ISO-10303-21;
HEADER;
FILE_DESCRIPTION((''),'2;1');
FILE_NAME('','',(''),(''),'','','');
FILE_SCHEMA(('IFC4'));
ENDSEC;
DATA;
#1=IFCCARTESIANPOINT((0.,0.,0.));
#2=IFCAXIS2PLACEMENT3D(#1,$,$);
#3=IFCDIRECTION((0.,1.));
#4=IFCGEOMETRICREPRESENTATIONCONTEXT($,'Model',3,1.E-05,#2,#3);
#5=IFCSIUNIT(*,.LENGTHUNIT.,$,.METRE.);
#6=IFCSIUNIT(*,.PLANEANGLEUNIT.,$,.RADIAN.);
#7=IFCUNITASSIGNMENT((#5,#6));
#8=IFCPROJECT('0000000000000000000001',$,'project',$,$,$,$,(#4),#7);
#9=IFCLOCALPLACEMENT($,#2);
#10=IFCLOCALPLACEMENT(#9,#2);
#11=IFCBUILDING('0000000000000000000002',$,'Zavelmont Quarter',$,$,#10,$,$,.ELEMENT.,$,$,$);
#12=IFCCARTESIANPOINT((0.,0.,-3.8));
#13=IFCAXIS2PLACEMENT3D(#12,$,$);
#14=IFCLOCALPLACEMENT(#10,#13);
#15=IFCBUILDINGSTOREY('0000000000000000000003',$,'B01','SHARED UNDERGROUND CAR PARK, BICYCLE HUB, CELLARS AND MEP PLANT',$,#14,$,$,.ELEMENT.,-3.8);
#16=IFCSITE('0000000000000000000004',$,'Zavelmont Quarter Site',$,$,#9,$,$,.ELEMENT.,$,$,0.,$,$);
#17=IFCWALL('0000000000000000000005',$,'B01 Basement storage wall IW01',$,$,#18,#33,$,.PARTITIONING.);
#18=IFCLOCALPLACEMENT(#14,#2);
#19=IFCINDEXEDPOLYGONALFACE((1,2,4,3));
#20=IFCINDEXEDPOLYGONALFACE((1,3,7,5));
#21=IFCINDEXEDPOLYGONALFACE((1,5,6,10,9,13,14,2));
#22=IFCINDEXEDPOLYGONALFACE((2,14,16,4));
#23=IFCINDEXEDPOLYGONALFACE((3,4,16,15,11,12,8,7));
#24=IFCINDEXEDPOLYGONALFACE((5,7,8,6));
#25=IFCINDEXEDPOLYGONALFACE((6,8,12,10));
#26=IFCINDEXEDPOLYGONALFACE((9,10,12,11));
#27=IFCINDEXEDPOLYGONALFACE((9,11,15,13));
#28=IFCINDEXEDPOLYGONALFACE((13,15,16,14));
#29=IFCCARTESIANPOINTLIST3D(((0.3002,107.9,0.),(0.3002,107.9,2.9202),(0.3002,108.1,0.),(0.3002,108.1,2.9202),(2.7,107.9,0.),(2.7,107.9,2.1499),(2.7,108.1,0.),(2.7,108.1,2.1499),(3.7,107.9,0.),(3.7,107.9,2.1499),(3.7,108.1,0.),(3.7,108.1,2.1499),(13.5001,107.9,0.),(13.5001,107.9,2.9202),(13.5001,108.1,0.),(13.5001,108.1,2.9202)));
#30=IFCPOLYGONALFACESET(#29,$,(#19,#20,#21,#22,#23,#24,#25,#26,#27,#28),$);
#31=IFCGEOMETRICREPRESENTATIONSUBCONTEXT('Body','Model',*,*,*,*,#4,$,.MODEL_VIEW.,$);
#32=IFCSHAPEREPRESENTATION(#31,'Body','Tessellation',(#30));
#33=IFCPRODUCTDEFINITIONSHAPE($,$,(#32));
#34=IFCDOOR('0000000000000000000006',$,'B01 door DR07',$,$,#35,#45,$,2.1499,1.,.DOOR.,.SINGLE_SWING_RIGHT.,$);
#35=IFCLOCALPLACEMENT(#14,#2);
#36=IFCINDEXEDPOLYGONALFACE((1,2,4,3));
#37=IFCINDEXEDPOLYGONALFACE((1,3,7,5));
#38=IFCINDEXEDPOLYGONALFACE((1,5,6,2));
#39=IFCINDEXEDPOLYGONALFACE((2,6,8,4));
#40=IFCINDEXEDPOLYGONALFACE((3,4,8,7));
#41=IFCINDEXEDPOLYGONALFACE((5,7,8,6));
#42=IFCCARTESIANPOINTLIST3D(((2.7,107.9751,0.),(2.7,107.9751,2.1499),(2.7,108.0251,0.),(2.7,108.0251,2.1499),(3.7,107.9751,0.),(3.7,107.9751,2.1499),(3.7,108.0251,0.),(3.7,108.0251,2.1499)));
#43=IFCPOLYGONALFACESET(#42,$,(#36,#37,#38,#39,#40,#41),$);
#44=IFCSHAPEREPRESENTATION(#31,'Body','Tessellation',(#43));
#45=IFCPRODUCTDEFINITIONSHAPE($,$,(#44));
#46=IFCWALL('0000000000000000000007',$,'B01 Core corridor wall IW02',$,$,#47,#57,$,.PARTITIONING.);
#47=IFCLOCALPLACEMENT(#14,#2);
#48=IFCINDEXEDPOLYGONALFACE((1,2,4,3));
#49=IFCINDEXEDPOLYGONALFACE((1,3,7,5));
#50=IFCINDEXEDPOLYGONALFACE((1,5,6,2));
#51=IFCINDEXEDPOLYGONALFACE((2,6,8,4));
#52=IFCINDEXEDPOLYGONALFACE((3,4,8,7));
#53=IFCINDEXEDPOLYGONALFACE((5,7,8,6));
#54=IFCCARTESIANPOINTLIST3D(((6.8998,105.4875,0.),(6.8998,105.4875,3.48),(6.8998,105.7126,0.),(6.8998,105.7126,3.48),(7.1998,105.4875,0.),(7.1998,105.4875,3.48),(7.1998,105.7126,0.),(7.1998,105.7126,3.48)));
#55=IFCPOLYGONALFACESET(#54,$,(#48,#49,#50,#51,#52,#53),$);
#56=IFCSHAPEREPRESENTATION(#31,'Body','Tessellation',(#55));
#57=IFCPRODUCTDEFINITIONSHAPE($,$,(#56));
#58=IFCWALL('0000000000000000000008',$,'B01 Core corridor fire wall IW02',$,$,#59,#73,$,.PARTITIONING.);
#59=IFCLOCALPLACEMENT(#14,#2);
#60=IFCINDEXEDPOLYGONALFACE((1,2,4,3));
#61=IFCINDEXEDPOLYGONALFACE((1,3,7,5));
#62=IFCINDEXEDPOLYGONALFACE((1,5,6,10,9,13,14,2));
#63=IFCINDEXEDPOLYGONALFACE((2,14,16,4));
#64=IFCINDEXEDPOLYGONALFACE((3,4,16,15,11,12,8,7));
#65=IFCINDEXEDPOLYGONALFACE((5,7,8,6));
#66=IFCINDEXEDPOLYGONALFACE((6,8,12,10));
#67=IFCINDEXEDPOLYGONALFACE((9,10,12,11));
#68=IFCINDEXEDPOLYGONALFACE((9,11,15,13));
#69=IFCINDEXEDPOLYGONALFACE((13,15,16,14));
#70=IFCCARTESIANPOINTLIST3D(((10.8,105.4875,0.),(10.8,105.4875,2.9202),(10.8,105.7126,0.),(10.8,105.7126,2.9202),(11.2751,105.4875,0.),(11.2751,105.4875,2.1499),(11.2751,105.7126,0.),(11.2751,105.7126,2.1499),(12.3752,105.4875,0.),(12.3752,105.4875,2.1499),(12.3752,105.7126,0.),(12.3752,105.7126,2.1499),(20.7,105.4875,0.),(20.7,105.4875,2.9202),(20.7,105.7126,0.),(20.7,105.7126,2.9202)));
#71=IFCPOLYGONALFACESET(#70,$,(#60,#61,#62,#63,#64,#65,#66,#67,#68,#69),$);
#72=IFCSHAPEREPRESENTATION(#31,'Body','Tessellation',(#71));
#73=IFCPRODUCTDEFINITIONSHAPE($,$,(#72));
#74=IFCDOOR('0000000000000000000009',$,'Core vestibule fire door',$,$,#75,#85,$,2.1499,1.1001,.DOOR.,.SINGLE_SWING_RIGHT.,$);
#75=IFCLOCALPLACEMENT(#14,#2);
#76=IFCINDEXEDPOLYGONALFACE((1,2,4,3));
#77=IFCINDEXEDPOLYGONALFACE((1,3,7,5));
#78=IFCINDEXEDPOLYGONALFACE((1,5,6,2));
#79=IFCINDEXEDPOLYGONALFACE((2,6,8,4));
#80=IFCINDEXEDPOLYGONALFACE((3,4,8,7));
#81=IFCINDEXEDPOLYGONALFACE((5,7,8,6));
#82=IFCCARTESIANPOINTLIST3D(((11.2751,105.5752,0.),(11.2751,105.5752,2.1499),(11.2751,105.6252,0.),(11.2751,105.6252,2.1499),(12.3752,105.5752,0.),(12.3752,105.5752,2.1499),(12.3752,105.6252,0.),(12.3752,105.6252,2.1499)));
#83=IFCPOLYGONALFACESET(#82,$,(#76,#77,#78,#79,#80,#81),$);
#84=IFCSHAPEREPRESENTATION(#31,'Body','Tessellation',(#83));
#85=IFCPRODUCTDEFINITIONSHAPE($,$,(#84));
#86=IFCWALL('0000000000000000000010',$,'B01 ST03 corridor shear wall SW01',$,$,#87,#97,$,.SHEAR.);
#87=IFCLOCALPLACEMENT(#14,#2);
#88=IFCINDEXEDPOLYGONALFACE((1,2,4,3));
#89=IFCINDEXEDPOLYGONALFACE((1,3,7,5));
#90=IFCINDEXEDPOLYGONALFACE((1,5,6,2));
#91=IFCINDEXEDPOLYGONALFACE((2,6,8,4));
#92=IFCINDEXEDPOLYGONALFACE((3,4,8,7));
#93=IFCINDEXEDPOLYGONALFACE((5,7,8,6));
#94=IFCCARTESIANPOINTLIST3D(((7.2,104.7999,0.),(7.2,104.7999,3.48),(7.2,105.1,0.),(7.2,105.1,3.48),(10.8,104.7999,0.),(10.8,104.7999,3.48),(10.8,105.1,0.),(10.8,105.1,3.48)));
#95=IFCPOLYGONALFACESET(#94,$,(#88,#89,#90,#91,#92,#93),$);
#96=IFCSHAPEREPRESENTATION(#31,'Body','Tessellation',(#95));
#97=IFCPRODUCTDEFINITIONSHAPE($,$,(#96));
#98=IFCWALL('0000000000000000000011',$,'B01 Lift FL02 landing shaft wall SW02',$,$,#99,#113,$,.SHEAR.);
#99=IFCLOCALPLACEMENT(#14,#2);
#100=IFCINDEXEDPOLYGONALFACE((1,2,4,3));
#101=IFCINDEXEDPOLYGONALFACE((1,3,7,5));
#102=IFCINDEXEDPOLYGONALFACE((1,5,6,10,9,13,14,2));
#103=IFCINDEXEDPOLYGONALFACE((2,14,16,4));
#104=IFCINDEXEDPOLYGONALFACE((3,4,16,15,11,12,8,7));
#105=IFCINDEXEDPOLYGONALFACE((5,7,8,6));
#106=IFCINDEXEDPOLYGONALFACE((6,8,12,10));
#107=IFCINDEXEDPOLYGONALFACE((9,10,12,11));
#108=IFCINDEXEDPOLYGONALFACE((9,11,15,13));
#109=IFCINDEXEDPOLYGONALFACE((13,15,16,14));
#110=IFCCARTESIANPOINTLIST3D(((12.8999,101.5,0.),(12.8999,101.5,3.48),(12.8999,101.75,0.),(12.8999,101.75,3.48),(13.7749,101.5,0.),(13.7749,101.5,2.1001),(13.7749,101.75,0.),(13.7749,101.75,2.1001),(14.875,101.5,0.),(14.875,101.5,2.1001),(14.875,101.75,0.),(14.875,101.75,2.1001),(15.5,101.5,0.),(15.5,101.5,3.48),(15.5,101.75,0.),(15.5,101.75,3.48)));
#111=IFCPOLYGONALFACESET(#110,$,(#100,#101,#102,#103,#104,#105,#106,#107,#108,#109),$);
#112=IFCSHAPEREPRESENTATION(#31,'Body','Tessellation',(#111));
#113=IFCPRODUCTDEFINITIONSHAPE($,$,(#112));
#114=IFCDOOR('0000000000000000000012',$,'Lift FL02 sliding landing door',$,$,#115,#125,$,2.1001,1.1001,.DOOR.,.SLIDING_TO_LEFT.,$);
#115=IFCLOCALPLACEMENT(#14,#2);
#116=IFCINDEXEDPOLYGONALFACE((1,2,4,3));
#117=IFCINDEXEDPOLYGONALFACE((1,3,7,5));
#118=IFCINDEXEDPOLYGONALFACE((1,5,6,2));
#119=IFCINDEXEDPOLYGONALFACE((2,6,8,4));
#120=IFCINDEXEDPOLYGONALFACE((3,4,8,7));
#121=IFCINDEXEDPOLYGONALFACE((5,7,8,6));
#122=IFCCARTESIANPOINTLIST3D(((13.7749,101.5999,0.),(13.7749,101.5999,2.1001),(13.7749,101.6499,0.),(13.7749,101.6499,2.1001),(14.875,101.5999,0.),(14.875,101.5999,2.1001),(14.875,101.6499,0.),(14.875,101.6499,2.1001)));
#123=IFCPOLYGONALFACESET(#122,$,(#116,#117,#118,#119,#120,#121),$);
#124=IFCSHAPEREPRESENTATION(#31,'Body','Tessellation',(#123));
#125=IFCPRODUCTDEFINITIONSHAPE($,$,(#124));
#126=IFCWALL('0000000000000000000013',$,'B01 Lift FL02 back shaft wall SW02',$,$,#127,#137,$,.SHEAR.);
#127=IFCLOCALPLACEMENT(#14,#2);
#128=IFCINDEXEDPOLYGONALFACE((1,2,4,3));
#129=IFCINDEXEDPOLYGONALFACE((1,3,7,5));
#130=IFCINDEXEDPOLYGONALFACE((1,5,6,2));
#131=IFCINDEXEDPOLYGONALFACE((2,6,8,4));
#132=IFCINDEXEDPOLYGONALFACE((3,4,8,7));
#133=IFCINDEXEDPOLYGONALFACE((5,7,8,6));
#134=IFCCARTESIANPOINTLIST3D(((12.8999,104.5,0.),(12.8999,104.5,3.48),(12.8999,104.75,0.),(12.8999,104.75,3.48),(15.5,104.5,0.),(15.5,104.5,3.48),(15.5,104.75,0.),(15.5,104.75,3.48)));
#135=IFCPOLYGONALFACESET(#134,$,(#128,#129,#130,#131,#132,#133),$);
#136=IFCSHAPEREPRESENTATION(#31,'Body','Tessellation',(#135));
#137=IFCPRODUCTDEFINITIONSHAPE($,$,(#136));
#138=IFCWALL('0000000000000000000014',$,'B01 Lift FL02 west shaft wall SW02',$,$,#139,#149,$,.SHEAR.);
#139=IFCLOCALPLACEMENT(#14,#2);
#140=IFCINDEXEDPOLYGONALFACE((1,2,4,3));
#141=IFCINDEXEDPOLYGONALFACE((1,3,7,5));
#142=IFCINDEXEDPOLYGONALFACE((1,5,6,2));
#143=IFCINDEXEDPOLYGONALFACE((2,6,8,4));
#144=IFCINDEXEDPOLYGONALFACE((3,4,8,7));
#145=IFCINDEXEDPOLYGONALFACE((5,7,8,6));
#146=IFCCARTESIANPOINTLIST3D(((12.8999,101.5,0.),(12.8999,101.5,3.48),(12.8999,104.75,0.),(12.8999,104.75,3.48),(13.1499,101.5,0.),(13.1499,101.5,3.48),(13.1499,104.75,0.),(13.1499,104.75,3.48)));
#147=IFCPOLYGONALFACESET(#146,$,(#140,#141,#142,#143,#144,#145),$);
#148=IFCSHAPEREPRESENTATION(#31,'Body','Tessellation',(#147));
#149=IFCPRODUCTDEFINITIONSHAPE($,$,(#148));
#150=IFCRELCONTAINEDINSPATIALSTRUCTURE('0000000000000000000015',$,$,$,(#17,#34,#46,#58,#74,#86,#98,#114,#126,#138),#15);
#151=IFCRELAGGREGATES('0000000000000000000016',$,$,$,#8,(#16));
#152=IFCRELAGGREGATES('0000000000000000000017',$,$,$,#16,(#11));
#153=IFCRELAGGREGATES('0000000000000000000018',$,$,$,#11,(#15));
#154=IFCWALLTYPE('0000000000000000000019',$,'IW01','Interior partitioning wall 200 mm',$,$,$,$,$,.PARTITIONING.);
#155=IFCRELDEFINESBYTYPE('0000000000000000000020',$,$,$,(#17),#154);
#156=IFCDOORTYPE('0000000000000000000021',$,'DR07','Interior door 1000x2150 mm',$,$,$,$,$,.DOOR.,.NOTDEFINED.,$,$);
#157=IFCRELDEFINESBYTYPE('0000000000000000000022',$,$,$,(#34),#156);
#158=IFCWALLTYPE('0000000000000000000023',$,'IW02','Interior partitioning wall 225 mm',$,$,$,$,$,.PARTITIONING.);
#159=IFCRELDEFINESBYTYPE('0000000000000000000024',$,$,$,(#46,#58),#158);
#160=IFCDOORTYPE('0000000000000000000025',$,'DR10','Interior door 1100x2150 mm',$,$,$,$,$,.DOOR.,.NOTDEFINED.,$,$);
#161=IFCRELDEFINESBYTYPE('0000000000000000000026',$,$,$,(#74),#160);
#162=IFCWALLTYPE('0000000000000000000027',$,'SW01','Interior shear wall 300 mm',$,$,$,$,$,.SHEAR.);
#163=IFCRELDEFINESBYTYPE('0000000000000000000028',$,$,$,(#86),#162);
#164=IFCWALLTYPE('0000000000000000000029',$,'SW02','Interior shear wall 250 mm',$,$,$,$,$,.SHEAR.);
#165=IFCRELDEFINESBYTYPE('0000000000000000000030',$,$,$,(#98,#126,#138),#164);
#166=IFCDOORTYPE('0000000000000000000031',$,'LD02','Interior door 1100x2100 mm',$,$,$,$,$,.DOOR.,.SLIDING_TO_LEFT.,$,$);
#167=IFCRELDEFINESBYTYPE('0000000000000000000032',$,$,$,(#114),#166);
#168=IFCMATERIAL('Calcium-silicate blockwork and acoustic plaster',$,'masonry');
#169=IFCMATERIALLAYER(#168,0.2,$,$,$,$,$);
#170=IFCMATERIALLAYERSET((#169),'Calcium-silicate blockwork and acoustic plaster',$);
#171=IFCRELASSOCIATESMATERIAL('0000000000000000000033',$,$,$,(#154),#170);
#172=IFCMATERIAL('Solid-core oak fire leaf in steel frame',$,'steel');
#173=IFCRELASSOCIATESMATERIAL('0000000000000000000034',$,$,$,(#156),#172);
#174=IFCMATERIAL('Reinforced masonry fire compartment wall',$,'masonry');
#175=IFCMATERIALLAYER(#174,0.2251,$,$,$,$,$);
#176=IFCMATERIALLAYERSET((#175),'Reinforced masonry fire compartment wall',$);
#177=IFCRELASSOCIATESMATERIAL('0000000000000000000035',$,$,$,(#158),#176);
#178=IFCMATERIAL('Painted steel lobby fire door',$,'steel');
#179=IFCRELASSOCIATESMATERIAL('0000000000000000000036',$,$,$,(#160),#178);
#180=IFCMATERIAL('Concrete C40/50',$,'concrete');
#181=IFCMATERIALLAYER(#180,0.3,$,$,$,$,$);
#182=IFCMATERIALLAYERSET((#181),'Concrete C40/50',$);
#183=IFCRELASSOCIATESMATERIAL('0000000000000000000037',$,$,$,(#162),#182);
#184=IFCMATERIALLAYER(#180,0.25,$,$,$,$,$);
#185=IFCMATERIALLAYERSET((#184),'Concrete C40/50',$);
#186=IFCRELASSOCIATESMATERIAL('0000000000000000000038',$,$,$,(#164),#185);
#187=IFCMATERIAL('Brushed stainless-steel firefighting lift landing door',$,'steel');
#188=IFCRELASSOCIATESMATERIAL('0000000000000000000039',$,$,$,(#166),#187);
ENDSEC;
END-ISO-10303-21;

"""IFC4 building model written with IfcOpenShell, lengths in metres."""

from ifc_helpers import new_model, si_unit, direction, frame, frame_2d, origin, origin_with_axes, place, context, subcontext, project, spatial, rectangle, extrude, material, layer, layer_set, type_object, element, fill, save


model = new_model("IFC4")

# Units and contexts
model_context = context("Model", 3, precision=1e-05, world=origin(), true_north=direction((0.0, 1.0)))
body_context = subcontext(model_context, "Body", "Model", "MODEL_VIEW")
ifc_project = project(units=[si_unit("LENGTHUNIT", "METRE"), si_unit("PLANEANGLEUNIT", "RADIAN")], contexts=[model_context])

# Site, building, storey
site_placement = place(None, origin())
site = spatial("IfcSite", under=ifc_project, at=site_placement, Name="Zavelmont Quarter Site", CompositionType="ELEMENT", RefElevation=0.0)
building_placement = place(site_placement, origin())
building = spatial("IfcBuilding", under=site, at=building_placement, Name="Zavelmont Quarter", CompositionType="ELEMENT")
storey_placement = place(building_placement, frame((0.0, 0.0, -3.8)))
storey = spatial("IfcBuildingStorey", under=building, at=storey_placement, Name="B01", Description="SHARED UNDERGROUND CAR PARK, BICYCLE HUB, CELLARS AND MEP PLANT", CompositionType="ELEMENT", Elevation=-3.8)

# Shared definitions
ifc_material_1 = material(Name="Concrete C40/50", Category="concrete")

# Wall, opening, door
ifc_material_2 = material(Name="Calcium-silicate blockwork and acoustic plaster", Category="masonry")
ifc_layer_1 = layer(ifc_material_2, 0.2)
ifc_layer_set_1 = layer_set([ifc_layer_1], Name="Calcium-silicate blockwork and acoustic plaster")
wall_type_1 = type_object("IfcWallType", Name="IW01", Description="Interior partitioning wall 200 mm", PredefinedType="PARTITIONING", material=ifc_layer_set_1)
wall_1_placement = place(storey_placement, frame((0.3, 108.0, 0.0), z_axis=(0.0, 0.0, 1.0), x_axis=(1.0, 0.0, 0.0)))
wall_1 = element("IfcWall", 1, at=wall_1_placement, inside=storey, type_object=wall_type_1, Name="B01 Basement storage wall IW01", PredefinedType="PARTITIONING", context=body_context, shape_type="SweptSolid", body=[
    extrude(rectangle(XDim=13.2, YDim=0.2, at=frame_2d((6.6001, 0.0))), origin(), (0.0, 0.0, 1.0), 2.9202),
])
opening_1_placement = place(wall_1_placement, frame((2.3999, 0.0, 0.0)))
opening_1 = element("IfcOpeningElement", 2, at=opening_1_placement, cuts=wall_1, PredefinedType="OPENING", context=body_context, shape_type="SweptSolid", body=[
    extrude(rectangle(XDim=1.0, YDim=2.1499, at=frame_2d((0.5, 1.075))), frame((0.0, 0.1118, 0.0), z_axis=(0.0, -1.0, 0.0), x_axis=(1.0, 0.0, 0.0)), (0.0, 0.0, 1.0), 0.2239),
])
ifc_material_3 = material(Name="Solid-core oak fire leaf in steel frame", Category="steel")
door_type_1 = type_object("IfcDoorType", Name="DR07", Description="Interior door 1000x2150 mm", OperationType="NOTDEFINED", PredefinedType="DOOR", material=ifc_material_3)
door_1_placement = place(opening_1_placement, frame((1.0, 0.0, 0.0), z_axis=(0.0, 0.0, 1.0), x_axis=(-1.0, 0.0, 0.0)))
door_1 = element("IfcDoor", 3, at=door_1_placement, inside=storey, type_object=door_type_1, Name="B01 door DR07", OperationType="SINGLE_SWING_RIGHT", OverallHeight=2.1499, OverallWidth=1.0, PredefinedType="DOOR", context=body_context, shape_type="SweptSolid", body=[
    extrude(rectangle(XDim=1.0, YDim=2.1499, at=frame_2d((0.5, 1.075))), frame((0.0, 0.0249, 0.0), z_axis=(0.0, -1.0, 0.0), x_axis=(1.0, 0.0, 0.0)), (0.0, 0.0, 1.0), 0.05),
])
fill(opening_1, door_1)
ifc_material_4 = material(Name="Reinforced masonry fire compartment wall", Category="masonry")
ifc_layer_2 = layer(ifc_material_4, 0.2251)
ifc_layer_set_2 = layer_set([ifc_layer_2], Name="Reinforced masonry fire compartment wall")
wall_type_2 = type_object("IfcWallType", Name="IW02", Description="Interior partitioning wall 225 mm", PredefinedType="PARTITIONING", material=ifc_layer_set_2)
ifc_material_5 = material(Name="Painted steel lobby fire door", Category="steel")
door_type_2 = type_object("IfcDoorType", Name="DR10", Description="Interior door 1100x2150 mm", OperationType="NOTDEFINED", PredefinedType="DOOR", material=ifc_material_5)

# Wall
wall_2_placement = place(storey_placement, frame((6.8999, 105.6001, 0.0), z_axis=(0.0, 0.0, 1.0), x_axis=(1.0, 0.0, 0.0)))
element("IfcWall", 4, at=wall_2_placement, inside=storey, type_object=wall_type_2, Name="B01 Core corridor wall IW02", PredefinedType="PARTITIONING", context=body_context, shape_type="SweptSolid", body=[
    extrude(rectangle(XDim=0.3, YDim=0.2251, at=frame_2d((0.1499, 0.0))), origin(), (0.0, 0.0, 1.0), 3.48),
])

# Wall, opening, door
wall_3_placement = place(storey_placement, frame((10.8, 105.6001, 0.0), z_axis=(0.0, 0.0, 1.0), x_axis=(1.0, 0.0, 0.0)))
wall_3 = element("IfcWall", 5, at=wall_3_placement, inside=storey, type_object=wall_type_2, Name="B01 Core corridor fire wall IW02", PredefinedType="PARTITIONING", context=body_context, shape_type="SweptSolid", body=[
    extrude(rectangle(XDim=9.8999, YDim=0.2251, at=frame_2d((4.95, 0.0))), origin(), (0.0, 0.0, 1.0), 2.9202),
])
opening_2_placement = place(wall_3_placement, frame((0.4751, 0.0, 0.0)))
opening_2 = element("IfcOpeningElement", 6, at=opening_2_placement, cuts=wall_3, PredefinedType="OPENING", context=body_context, shape_type="SweptSolid", body=[
    extrude(rectangle(XDim=1.1001, YDim=2.1499, at=frame_2d((0.55, 1.075))), frame((0.0, 0.1245, 0.0), z_axis=(0.0, -1.0, 0.0), x_axis=(1.0, 0.0, 0.0)), (0.0, 0.0, 1.0), 0.249),
])
door_2_placement = place(opening_2_placement, frame((1.1001, 0.0, 0.0), z_axis=(0.0, 0.0, 1.0), x_axis=(-1.0, 0.0, 0.0)))
door_2 = element("IfcDoor", 7, at=door_2_placement, inside=storey, type_object=door_type_2, Name="Core vestibule fire door", OperationType="SINGLE_SWING_RIGHT", OverallHeight=2.1499, OverallWidth=1.1001, PredefinedType="DOOR", context=body_context, shape_type="SweptSolid", body=[
    extrude(rectangle(XDim=1.1001, YDim=2.1499, at=frame_2d((0.55, 1.075))), frame((0.0, 0.0249, 0.0), z_axis=(0.0, -1.0, 0.0), x_axis=(1.0, 0.0, 0.0)), (0.0, 0.0, 1.0), 0.05),
])
fill(opening_2, door_2)

# Wall
ifc_layer_3 = layer(ifc_material_1, 0.3)
ifc_layer_set_3 = layer_set([ifc_layer_3], Name="Concrete C40/50")
wall_type_3 = type_object("IfcWallType", Name="SW01", Description="Interior shear wall 300 mm", PredefinedType="SHEAR", material=ifc_layer_set_3)
wall_4_placement = place(storey_placement, frame((7.2, 104.95, 0.0), z_axis=(0.0, 0.0, 1.0), x_axis=(1.0, 0.0, 0.0)))
element("IfcWall", 8, at=wall_4_placement, inside=storey, type_object=wall_type_3, Name="B01 ST03 corridor shear wall SW01", PredefinedType="SHEAR", context=body_context, shape_type="SweptSolid", body=[
    extrude(rectangle(XDim=3.6001, YDim=0.3, at=frame_2d((1.8, 0.0))), origin(), (0.0, 0.0, 1.0), 3.48),
])

# Wall, opening, door
ifc_layer_4 = layer(ifc_material_1, 0.25)
ifc_layer_set_4 = layer_set([ifc_layer_4], Name="Concrete C40/50")
wall_type_4 = type_object("IfcWallType", Name="SW02", Description="Interior shear wall 250 mm", PredefinedType="SHEAR", material=ifc_layer_set_4)
wall_5_placement = place(storey_placement, frame((12.8999, 101.625, 0.0), z_axis=(0.0, 0.0, 1.0), x_axis=(1.0, 0.0, 0.0)))
wall_5 = element("IfcWall", 9, at=wall_5_placement, inside=storey, type_object=wall_type_4, Name="B01 Lift FL02 landing shaft wall SW02", PredefinedType="SHEAR", context=body_context, shape_type="SweptSolid", body=[
    extrude(rectangle(XDim=2.6001, YDim=0.25, at=frame_2d((1.3, 0.0))), origin(), (0.0, 0.0, 1.0), 3.48),
])
opening_3_placement = place(wall_5_placement, frame((0.875, 0.0, 0.0)))
opening_3 = element("IfcOpeningElement", 10, at=opening_3_placement, cuts=wall_5, PredefinedType="OPENING", context=body_context, shape_type="SweptSolid", body=[
    extrude(rectangle(XDim=1.1001, YDim=2.1001, at=frame_2d((0.55, 1.05))), frame((0.0, 0.137, 0.0), z_axis=(0.0, -1.0, 0.0), x_axis=(1.0, 0.0, 0.0)), (0.0, 0.0, 1.0), 0.2739),
])
ifc_material_6 = material(Name="Brushed stainless-steel firefighting lift landing door", Category="steel")
door_type_3 = type_object("IfcDoorType", Name="LD02", Description="Interior door 1100x2100 mm", OperationType="SLIDING_TO_LEFT", PredefinedType="DOOR", material=ifc_material_6)
door_3_placement = place(opening_3_placement, origin_with_axes())
door_3 = element("IfcDoor", 11, at=door_3_placement, inside=storey, type_object=door_type_3, Name="Lift FL02 sliding landing door", OperationType="SLIDING_TO_LEFT", OverallHeight=2.1001, OverallWidth=1.1001, PredefinedType="DOOR", context=body_context, shape_type="SweptSolid", body=[
    extrude(rectangle(XDim=1.1001, YDim=2.1001, at=frame_2d((0.55, 1.05))), frame((0.0, 0.0249, 0.0), z_axis=(0.0, -1.0, 0.0), x_axis=(1.0, 0.0, 0.0)), (0.0, 0.0, 1.0), 0.05),
])
fill(opening_3, door_3)

# Walls
wall_6_placement = place(storey_placement, frame((12.8999, 104.625, 0.0), z_axis=(0.0, 0.0, 1.0), x_axis=(1.0, 0.0, 0.0)))
element("IfcWall", 12, at=wall_6_placement, inside=storey, type_object=wall_type_4, Name="B01 Lift FL02 back shaft wall SW02", PredefinedType="SHEAR", context=body_context, shape_type="SweptSolid", body=[
    extrude(rectangle(XDim=2.6001, YDim=0.25, at=frame_2d((1.3, 0.0))), origin(), (0.0, 0.0, 1.0), 3.48),
])
wall_7_placement = place(storey_placement, frame((13.0249, 101.5, 0.0), z_axis=(0.0, 0.0, 1.0), x_axis=(0.0, 1.0, 0.0)))
element("IfcWall", 13, at=wall_7_placement, inside=storey, type_object=wall_type_4, Name="B01 Lift FL02 west shaft wall SW02", PredefinedType="SHEAR", context=body_context, shape_type="SweptSolid", body=[
    extrude(rectangle(XDim=3.25, YDim=0.25, at=frame_2d((1.625, 0.0))), origin(), (0.0, 0.0, 1.0), 3.48),
])

save(model, "model.ifc")
